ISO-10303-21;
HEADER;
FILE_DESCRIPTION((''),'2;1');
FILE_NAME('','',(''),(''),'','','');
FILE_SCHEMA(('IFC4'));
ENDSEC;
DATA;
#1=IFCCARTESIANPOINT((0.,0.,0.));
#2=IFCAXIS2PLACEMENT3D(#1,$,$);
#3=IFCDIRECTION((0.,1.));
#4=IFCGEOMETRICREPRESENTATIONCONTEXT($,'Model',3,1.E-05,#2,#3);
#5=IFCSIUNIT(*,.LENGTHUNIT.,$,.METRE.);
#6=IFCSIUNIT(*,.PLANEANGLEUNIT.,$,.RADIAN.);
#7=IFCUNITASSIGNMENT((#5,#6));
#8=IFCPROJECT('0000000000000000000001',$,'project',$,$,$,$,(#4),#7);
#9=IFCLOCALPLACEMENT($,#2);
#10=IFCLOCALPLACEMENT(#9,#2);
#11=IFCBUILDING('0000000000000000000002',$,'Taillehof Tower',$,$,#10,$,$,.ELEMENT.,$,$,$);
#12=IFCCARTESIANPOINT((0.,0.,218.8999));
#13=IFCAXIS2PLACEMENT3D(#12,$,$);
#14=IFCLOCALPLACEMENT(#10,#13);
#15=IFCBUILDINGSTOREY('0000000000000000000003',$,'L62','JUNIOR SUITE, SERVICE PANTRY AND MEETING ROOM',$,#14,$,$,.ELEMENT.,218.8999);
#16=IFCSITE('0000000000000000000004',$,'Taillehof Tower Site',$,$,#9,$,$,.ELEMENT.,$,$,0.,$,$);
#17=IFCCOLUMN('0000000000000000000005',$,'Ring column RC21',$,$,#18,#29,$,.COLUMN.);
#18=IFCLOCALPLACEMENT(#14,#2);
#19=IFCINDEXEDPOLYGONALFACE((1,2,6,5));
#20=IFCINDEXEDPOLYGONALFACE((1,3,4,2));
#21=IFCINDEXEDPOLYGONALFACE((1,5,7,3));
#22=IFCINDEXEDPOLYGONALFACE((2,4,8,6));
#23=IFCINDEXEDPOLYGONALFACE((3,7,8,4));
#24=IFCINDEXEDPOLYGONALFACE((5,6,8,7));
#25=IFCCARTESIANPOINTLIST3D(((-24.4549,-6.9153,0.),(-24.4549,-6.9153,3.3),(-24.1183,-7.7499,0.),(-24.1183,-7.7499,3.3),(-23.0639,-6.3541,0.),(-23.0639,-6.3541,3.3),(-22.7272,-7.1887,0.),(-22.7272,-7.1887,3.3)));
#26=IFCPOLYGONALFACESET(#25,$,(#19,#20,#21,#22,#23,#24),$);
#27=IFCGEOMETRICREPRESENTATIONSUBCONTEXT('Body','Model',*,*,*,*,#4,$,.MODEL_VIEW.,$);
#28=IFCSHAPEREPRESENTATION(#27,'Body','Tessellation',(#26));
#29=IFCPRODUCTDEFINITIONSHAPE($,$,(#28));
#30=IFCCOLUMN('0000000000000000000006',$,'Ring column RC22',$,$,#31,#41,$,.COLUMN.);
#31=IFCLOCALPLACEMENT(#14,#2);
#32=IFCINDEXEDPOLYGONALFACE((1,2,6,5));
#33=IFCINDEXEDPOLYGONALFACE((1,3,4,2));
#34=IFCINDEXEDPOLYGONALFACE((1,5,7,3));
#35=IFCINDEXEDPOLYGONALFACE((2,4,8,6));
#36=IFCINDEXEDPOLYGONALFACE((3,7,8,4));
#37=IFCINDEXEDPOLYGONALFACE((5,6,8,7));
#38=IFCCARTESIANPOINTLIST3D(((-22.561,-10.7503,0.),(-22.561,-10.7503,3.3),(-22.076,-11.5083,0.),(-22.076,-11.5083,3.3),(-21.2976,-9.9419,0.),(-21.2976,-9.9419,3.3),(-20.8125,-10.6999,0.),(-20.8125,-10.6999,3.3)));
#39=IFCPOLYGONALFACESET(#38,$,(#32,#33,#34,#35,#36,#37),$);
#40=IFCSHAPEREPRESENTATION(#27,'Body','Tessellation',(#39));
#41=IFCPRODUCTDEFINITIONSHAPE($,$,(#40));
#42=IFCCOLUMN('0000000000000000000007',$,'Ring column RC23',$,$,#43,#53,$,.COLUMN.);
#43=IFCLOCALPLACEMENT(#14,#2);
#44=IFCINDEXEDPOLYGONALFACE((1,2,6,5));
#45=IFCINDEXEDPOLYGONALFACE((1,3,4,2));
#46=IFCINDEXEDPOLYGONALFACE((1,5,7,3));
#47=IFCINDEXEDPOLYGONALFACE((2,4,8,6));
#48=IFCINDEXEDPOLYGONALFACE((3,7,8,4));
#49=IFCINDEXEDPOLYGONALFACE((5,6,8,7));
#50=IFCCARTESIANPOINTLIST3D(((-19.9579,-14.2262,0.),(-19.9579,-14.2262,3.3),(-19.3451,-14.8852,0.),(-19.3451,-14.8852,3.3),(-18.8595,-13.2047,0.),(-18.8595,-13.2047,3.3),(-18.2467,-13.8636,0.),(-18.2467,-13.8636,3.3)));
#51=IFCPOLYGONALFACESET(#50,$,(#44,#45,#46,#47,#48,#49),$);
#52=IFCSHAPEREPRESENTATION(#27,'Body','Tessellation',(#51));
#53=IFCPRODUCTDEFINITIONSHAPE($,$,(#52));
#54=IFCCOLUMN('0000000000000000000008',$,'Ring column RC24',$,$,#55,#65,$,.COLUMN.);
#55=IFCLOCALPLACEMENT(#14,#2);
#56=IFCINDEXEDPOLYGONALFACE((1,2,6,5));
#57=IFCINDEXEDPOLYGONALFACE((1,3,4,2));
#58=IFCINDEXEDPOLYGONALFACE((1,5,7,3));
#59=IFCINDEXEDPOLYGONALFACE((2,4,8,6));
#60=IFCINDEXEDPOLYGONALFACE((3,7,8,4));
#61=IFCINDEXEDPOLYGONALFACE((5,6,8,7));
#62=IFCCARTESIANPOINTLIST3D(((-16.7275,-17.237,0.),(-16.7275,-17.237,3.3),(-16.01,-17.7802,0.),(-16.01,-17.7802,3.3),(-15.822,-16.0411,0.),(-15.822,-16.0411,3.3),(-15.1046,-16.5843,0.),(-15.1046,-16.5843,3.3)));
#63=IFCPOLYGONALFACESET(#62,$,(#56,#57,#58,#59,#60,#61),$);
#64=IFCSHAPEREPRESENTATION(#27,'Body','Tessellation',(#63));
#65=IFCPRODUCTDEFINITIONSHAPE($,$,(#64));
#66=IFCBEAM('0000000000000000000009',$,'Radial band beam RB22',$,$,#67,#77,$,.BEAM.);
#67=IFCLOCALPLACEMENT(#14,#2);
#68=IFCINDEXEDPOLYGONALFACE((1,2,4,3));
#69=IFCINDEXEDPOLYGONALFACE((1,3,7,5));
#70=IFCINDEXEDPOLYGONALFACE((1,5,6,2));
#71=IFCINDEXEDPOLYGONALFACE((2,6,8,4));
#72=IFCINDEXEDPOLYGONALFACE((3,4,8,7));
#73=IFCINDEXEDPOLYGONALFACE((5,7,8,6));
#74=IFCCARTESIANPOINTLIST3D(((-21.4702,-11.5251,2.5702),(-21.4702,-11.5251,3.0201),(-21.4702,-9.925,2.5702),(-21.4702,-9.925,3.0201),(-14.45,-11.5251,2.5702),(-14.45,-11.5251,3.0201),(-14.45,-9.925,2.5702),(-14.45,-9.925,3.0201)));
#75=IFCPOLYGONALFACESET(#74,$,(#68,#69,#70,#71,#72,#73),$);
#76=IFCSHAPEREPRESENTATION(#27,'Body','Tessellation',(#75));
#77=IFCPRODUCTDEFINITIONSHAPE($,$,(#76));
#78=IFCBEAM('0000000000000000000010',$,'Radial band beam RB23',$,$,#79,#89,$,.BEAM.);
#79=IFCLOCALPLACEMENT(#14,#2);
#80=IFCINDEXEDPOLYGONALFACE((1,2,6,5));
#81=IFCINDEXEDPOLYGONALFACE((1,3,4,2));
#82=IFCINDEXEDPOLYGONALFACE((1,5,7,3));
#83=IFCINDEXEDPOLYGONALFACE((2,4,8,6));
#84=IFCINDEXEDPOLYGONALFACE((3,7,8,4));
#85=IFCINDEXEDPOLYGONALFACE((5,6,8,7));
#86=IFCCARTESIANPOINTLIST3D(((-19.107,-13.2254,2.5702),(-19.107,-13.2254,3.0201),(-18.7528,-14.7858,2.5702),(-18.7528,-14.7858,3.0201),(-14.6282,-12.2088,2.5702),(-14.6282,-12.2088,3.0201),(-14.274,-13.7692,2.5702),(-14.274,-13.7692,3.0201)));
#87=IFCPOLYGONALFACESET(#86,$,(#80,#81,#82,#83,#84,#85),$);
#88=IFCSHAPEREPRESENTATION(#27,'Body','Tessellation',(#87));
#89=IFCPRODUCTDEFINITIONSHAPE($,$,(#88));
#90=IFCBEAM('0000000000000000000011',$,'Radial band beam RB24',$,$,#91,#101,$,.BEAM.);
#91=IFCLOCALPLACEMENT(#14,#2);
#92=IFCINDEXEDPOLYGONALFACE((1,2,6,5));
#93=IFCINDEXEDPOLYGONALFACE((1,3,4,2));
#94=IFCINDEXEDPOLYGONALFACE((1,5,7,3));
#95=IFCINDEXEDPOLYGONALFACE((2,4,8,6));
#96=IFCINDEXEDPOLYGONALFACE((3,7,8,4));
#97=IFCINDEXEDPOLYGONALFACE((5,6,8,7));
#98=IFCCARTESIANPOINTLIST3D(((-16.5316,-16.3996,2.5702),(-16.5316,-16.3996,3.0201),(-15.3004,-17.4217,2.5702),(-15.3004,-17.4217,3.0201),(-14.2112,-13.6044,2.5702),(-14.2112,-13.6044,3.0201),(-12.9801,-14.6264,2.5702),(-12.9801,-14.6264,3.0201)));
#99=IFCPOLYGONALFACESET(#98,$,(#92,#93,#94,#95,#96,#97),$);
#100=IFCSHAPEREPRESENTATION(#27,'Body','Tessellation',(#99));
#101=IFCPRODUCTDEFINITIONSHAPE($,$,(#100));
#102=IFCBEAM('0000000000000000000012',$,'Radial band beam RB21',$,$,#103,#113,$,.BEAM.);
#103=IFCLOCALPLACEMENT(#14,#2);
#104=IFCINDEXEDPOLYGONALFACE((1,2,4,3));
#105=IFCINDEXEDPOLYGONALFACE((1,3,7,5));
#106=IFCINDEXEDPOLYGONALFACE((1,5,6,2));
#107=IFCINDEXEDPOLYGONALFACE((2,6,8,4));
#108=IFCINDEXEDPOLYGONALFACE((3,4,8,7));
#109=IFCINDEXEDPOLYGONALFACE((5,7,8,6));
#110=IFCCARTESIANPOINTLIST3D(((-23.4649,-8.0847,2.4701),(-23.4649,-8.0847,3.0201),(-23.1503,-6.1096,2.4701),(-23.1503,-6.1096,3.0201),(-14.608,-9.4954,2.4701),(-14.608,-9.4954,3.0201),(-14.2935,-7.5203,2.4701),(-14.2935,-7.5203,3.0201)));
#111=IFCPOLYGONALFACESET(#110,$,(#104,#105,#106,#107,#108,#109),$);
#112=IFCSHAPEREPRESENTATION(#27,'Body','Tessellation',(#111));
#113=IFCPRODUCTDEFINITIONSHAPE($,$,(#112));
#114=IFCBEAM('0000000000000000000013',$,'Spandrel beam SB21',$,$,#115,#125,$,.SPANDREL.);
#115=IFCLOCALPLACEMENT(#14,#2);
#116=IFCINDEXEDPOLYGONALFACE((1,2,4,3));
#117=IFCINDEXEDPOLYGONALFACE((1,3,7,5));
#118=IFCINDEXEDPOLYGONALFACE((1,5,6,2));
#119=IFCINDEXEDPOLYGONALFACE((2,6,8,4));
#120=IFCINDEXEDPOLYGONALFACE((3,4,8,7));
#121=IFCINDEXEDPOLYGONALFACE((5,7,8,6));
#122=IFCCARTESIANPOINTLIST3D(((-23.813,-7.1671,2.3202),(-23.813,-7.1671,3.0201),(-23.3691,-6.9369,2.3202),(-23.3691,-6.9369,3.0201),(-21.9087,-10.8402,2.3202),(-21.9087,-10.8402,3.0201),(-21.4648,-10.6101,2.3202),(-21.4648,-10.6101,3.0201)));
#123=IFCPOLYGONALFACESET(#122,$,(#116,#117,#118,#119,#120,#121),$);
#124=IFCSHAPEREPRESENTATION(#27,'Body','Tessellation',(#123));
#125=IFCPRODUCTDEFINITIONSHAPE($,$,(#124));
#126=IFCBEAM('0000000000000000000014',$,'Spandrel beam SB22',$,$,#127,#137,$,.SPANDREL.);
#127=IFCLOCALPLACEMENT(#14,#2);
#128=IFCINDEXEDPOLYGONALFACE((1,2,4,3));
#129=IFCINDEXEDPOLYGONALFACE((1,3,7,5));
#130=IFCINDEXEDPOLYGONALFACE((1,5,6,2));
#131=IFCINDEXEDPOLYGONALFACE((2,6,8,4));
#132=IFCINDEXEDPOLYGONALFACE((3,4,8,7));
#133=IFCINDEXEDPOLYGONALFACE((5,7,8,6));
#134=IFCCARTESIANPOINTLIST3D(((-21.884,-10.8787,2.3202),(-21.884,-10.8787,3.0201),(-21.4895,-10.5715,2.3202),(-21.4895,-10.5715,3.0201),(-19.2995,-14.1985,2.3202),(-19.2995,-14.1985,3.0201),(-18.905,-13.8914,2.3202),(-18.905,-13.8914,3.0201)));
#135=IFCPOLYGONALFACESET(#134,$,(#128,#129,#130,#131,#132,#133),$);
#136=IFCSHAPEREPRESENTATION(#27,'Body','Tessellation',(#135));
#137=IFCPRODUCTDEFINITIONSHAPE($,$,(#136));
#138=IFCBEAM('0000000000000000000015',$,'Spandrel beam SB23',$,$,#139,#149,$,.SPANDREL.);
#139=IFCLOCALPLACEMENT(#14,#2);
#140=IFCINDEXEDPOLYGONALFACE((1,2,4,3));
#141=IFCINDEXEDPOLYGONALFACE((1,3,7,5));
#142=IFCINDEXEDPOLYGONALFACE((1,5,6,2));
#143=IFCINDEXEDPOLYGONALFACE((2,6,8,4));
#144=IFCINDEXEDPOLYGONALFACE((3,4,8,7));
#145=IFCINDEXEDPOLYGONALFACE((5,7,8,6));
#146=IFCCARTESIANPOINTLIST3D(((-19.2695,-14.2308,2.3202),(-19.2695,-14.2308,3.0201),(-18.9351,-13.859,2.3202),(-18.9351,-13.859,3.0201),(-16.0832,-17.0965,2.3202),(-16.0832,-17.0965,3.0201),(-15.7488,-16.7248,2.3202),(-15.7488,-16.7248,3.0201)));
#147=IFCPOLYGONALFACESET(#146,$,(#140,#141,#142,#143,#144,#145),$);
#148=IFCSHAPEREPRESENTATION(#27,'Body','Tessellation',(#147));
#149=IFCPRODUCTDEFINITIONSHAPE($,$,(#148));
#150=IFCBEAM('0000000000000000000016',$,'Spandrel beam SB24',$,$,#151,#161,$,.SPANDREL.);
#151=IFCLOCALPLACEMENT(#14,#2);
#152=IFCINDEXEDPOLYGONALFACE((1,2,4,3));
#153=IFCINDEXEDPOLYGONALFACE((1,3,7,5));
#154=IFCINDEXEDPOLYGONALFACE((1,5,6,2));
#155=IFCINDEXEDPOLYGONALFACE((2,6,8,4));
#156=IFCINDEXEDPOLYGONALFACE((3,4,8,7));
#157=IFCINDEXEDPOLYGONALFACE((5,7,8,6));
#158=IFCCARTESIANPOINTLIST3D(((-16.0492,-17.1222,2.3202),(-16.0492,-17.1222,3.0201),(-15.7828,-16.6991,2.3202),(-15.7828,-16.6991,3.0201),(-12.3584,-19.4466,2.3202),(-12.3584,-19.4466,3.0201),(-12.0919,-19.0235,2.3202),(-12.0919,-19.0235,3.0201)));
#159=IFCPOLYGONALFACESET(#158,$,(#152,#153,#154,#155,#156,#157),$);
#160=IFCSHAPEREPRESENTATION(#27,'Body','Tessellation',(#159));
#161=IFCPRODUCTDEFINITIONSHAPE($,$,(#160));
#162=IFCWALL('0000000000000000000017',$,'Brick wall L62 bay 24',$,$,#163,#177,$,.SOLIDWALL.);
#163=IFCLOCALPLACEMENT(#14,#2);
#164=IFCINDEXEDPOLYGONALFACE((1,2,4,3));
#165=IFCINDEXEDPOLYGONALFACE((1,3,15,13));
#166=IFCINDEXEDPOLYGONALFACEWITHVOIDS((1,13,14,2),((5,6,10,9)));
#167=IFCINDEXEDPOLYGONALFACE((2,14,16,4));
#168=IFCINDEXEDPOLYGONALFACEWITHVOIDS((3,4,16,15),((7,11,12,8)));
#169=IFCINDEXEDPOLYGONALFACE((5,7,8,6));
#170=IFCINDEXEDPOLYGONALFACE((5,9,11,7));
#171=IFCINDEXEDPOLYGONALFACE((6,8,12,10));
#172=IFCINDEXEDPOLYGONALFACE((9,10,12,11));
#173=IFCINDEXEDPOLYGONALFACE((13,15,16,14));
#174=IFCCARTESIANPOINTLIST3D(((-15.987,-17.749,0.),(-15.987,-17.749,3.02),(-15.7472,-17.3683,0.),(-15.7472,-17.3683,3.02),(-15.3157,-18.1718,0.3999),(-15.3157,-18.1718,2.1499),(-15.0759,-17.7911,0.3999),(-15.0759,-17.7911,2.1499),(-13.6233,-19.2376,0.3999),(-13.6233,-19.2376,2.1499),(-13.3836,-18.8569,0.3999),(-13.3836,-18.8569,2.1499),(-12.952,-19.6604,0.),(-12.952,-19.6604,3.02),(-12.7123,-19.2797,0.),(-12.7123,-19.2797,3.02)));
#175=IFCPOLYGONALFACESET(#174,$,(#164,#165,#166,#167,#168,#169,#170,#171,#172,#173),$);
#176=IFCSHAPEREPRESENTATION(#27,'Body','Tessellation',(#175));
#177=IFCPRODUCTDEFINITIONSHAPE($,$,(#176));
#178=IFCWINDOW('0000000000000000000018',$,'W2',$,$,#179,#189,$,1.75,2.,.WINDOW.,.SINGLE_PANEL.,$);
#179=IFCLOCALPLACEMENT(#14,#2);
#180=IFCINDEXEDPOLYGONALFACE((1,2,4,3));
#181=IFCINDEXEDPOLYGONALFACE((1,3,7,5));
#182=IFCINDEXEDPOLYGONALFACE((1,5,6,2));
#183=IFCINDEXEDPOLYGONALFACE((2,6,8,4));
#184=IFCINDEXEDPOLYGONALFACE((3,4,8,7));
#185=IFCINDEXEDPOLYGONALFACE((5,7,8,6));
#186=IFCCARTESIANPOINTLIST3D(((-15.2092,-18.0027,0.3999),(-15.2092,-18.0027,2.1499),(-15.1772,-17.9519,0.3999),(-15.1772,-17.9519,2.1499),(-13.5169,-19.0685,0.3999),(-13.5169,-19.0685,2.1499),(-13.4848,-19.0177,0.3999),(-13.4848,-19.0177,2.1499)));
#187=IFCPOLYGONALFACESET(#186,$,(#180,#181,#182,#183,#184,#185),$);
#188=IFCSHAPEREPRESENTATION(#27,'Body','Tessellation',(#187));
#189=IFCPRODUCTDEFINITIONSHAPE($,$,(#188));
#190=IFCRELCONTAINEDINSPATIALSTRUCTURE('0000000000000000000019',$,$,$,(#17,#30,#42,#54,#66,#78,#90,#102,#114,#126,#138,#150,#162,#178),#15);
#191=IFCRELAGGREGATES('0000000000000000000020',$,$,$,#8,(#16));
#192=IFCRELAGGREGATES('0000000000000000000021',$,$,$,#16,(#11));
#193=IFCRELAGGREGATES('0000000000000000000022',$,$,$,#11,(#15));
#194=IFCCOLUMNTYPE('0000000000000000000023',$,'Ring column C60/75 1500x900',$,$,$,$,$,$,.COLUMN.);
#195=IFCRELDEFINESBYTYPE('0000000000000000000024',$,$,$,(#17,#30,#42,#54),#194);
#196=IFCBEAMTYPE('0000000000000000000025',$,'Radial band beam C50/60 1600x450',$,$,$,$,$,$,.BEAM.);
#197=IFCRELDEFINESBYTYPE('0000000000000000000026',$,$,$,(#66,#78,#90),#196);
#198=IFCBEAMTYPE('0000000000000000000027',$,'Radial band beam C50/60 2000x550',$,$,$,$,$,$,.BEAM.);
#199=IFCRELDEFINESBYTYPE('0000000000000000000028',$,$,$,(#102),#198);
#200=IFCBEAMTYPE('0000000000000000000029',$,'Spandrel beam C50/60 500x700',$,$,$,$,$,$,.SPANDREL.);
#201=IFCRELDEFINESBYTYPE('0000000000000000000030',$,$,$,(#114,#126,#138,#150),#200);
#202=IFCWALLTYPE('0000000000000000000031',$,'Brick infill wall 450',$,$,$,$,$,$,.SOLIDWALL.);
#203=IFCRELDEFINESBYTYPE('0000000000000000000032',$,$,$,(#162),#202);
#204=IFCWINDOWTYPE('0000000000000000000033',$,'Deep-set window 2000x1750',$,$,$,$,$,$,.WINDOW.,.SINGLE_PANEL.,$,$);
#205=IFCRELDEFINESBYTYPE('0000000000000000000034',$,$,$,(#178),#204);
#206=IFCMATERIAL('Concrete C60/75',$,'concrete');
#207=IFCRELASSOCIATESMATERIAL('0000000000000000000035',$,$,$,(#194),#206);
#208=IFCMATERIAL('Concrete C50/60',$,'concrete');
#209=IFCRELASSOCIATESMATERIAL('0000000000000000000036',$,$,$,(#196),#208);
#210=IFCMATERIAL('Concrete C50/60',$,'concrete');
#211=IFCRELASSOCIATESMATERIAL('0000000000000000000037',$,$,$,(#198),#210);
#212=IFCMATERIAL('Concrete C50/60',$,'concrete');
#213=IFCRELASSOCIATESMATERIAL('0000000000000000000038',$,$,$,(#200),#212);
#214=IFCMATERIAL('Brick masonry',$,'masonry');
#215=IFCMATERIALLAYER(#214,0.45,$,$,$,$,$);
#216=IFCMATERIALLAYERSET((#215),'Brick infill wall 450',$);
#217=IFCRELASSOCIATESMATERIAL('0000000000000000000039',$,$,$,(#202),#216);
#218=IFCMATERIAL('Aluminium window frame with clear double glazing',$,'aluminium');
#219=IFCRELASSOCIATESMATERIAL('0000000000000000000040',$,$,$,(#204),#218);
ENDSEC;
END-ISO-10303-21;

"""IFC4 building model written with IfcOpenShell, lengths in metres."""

from ifc_helpers import new_model, si_unit, direction, frame, frame_2d, origin, origin_2d, place, context, subcontext, project, spatial, rectangle, extrude, material, layer, layer_set, material_profile, profile_set, type_object, element, fill, save


model = new_model("IFC4")

# Units and contexts
model_context = context("Model", 3, precision=1e-05, world=origin(), true_north=direction((0.0, 1.0)))
body_context = subcontext(model_context, "Body", "Model", "MODEL_VIEW")
ifc_project = project(units=[si_unit("LENGTHUNIT", "METRE"), si_unit("PLANEANGLEUNIT", "RADIAN")], contexts=[model_context])

# Site, building, storey
site_placement = place(None, origin())
site = spatial("IfcSite", under=ifc_project, at=site_placement, Name="Taillehof Tower Site", CompositionType="ELEMENT", RefElevation=0.0)
building_placement = place(site_placement, origin())
building = spatial("IfcBuilding", under=site, at=building_placement, Name="Taillehof Tower", CompositionType="ELEMENT")
storey_placement = place(building_placement, frame((0.0, 0.0, 218.8999)))
storey = spatial("IfcBuildingStorey", under=building, at=storey_placement, Name="L62", Description="JUNIOR SUITE, SERVICE PANTRY AND MEETING ROOM", CompositionType="ELEMENT", Elevation=218.8999)

# Columns
ifc_material_1 = material(Name="Concrete C60/75", Category="concrete")
ifc_material_profile_1 = material_profile(ifc_material_1, rectangle(XDim=1.5, YDim=0.8999, at=origin_2d()), Name="RC 1500x900")
ifc_profile_set_1 = profile_set([ifc_material_profile_1], Name="Concrete C60/75")
column_type = type_object("IfcColumnType", Name="Ring column C60/75 1500x900", PredefinedType="COLUMN", material=ifc_profile_set_1)
for number, where, z_axis, x_axis, name in (
    (1, (-23.5911, -7.052, 0.0), (0.0, 0.0, 1.0), (-0.927385, -0.374108, 0.0), "Ring column RC21"),
    (2, (-21.6868, -10.7251, 0.0), (0.0, 0.0, 1.0), (-0.842311, -0.538992, 0.0), "Ring column RC22"),
    (3, (-19.1023, -14.0449, 0.0), (0.0, 0.0, 1.0), (-0.732271, -0.681013, 0.0), "Ring column RC23"),
    (4, (-15.916, -16.9106, 0.0), (0.0, 0.0, 1.0), (-0.603608, -0.797281, 0.0), "Ring column RC24"),
):
    element("IfcColumn", number, at=place(storey_placement, frame(where, z_axis=z_axis, x_axis=x_axis)), inside=storey, type_object=column_type, Name=name, PredefinedType="COLUMN", context=body_context, shape_type="SweptSolid", body=[
        extrude(rectangle(XDim=1.5, YDim=0.8999, at=origin_2d()), origin(), (0.0, 0.0, 1.0), 3.3),
    ])

# Beams
ifc_material_2 = material(Name="Concrete C50/60", Category="concrete")
ifc_material_profile_2 = material_profile(ifc_material_2, rectangle(XDim=1.6001, YDim=0.45, at=origin_2d()), Name="RC 1600x450")
ifc_profile_set_2 = profile_set([ifc_material_profile_2], Name="Concrete C50/60")
beam_type_1 = type_object("IfcBeamType", Name="Radial band beam C50/60 1600x450", PredefinedType="BEAM", material=ifc_profile_set_2)
beam_1_placement = place(storey_placement, frame((-21.4702, -10.7251, 2.7952), z_axis=(1.0, 0.0, 0.0), x_axis=(0.0, 1.0, 0.0)))
element("IfcBeam", 5, at=beam_1_placement, inside=storey, type_object=beam_type_1, Name="Radial band beam RB22", PredefinedType="BEAM", context=body_context, shape_type="SweptSolid", body=[
    extrude(rectangle(XDim=1.6001, YDim=0.45, at=origin_2d()), origin(), (0.0, 0.0, 1.0), 7.0203),
])
beam_2_placement = place(storey_placement, frame((-18.9299, -14.0056, 2.7952), z_axis=(0.975194, 0.221352, 0.0), x_axis=(-0.221352, 0.975194, 0.0)))
element("IfcBeam", 6, at=beam_2_placement, inside=storey, type_object=beam_type_1, Name="Radial band beam RB23", PredefinedType="BEAM", context=body_context, shape_type="SweptSolid", body=[
    extrude(rectangle(XDim=1.6001, YDim=0.45, at=origin_2d()), origin(), (0.0, 0.0, 1.0), 4.5928),
])
beam_3_placement = place(storey_placement, frame((-15.916, -16.9106, 2.7952), z_axis=(0.638722, 0.769437, 0.0), x_axis=(-0.769437, 0.638722, 0.0)))
element("IfcBeam", 7, at=beam_3_placement, inside=storey, type_object=beam_type_1, Name="Radial band beam RB24", PredefinedType="BEAM", context=body_context, shape_type="SweptSolid", body=[
    extrude(rectangle(XDim=1.6001, YDim=0.45, at=origin_2d()), origin(), (0.0, 0.0, 1.0), 3.6328),
])
ifc_material_3 = material(Name="Concrete C50/60", Category="concrete")
ifc_material_profile_3 = material_profile(ifc_material_3, rectangle(XDim=2.0, YDim=0.55, at=origin_2d()), Name="RC 2000x550")
ifc_profile_set_3 = profile_set([ifc_material_profile_3], Name="Concrete C50/60")
beam_type_2 = type_object("IfcBeamType", Name="Radial band beam C50/60 2000x550", PredefinedType="BEAM", material=ifc_profile_set_3)
beam_4_placement = place(storey_placement, frame((-23.3076, -7.0972, 2.7451), z_axis=(0.987553, -0.157288, 0.0), x_axis=(0.157288, 0.987553, 0.0)))
element("IfcBeam", 8, at=beam_4_placement, inside=storey, type_object=beam_type_2, Name="Radial band beam RB21", PredefinedType="BEAM", context=body_context, shape_type="SweptSolid", body=[
    extrude(rectangle(XDim=2.0, YDim=0.55, at=origin_2d()), origin(), (0.0, 0.0, 1.0), 8.9685),
])
ifc_material_4 = material(Name="Concrete C50/60", Category="concrete")
ifc_material_profile_4 = material_profile(ifc_material_4, rectangle(XDim=0.5, YDim=0.7, at=origin_2d()), Name="RC 500x700")
ifc_profile_set_4 = profile_set([ifc_material_profile_4], Name="Concrete C50/60")
beam_type_3 = type_object("IfcBeamType", Name="Spandrel beam C50/60 500x700", PredefinedType="SPANDREL", material=ifc_profile_set_4)
beam_5_placement = place(storey_placement, frame((-23.5911, -7.052, 2.6702), z_axis=(0.460265, -0.887781, 0.0), x_axis=(0.887781, 0.460265, 0.0)))
element("IfcBeam", 9, at=beam_5_placement, inside=storey, type_object=beam_type_3, Name="Spandrel beam SB21", PredefinedType="SPANDREL", context=body_context, shape_type="SweptSolid", body=[
    extrude(rectangle(XDim=0.5, YDim=0.7, at=origin_2d()), origin(), (0.0, 0.0, 1.0), 4.1375),
])
beam_6_placement = place(storey_placement, frame((-21.6868, -10.7251, 2.6702), z_axis=(0.614294, -0.789077, 0.0), x_axis=(0.789077, 0.614294, 0.0)))
element("IfcBeam", 10, at=beam_6_placement, inside=storey, type_object=beam_type_3, Name="Spandrel beam SB22", PredefinedType="SPANDREL", context=body_context, shape_type="SweptSolid", body=[
    extrude(rectangle(XDim=0.5, YDim=0.7, at=origin_2d()), origin(), (0.0, 0.0, 1.0), 4.2073),
])
beam_7_placement = place(storey_placement, frame((-19.1023, -14.0449, 2.6702), z_axis=(0.743518, -0.668716, 0.0), x_axis=(0.668716, 0.743518, 0.0)))
element("IfcBeam", 11, at=beam_7_placement, inside=storey, type_object=beam_type_3, Name="Spandrel beam SB23", PredefinedType="SPANDREL", context=body_context, shape_type="SweptSolid", body=[
    extrude(rectangle(XDim=0.5, YDim=0.7, at=origin_2d()), origin(), (0.0, 0.0, 1.0), 4.2854),
])
beam_8_placement = place(storey_placement, frame((-15.916, -16.9106, 2.6702), z_axis=(0.846176, -0.532904, 0.0), x_axis=(0.532904, 0.846176, 0.0)))
element("IfcBeam", 12, at=beam_8_placement, inside=storey, type_object=beam_type_3, Name="Spandrel beam SB24", PredefinedType="SPANDREL", context=body_context, shape_type="SweptSolid", body=[
    extrude(rectangle(XDim=0.5, YDim=0.7, at=origin_2d()), origin(), (0.0, 0.0, 1.0), 4.3618),
])

# Wall, opening, window
ifc_material_5 = material(Name="Brick masonry", Category="masonry")
ifc_layer = layer(ifc_material_5, 0.45)
ifc_layer_set = layer_set([ifc_layer], Name="Brick infill wall 450")
wall_type_1 = type_object("IfcWallType", Name="Brick infill wall 450", PredefinedType="SOLIDWALL", material=ifc_layer_set)
wall_1_placement = place(storey_placement, frame((-15.8672, -17.5586, 0.0), z_axis=(0.0, 0.0, 1.0), x_axis=(0.846169, -0.532914, 0.0)))
wall_1 = element("IfcWall", 13, at=wall_1_placement, inside=storey, type_object=wall_type_1, Name="Brick wall L62 bay 24", PredefinedType="SOLIDWALL", context=body_context, shape_type="SweptSolid", body=[
    extrude(rectangle(XDim=3.5867, YDim=0.45, at=frame_2d((1.7935, 0.0))), origin(), (0.0, 0.0, 1.0), 3.02),
])
opening_1_placement = place(wall_1_placement, frame((0.7935, 0.0, 0.3999)))
opening_1 = element("IfcOpeningElement", 14, at=opening_1_placement, cuts=wall_1, PredefinedType="OPENING", context=body_context, shape_type="SweptSolid", body=[
    extrude(rectangle(XDim=2.0, YDim=1.75, at=frame_2d((1.0, 0.875))), frame((0.0, 0.2349, 0.0), z_axis=(0.0, -1.0, 0.0), x_axis=(1.0, 0.0, 0.0)), (0.0, 0.0, 1.0), 0.47),
])
ifc_material_6 = material(Name="Aluminium window frame with clear double glazing", Category="aluminium")
window_type_1 = type_object("IfcWindowType", Name="Deep-set window 2000x1750", PartitioningType="SINGLE_PANEL", PredefinedType="WINDOW", material=ifc_material_6)
window_1_placement = place(opening_1_placement, origin())
window_1 = element("IfcWindow", 15, at=window_1_placement, inside=storey, type_object=window_type_1, Name="W2", OverallHeight=1.75, OverallWidth=2.0, PartitioningType="SINGLE_PANEL", PredefinedType="WINDOW", context=body_context, shape_type="SweptSolid", body=[
    extrude(rectangle(XDim=2.0, YDim=1.75, at=frame_2d((1.0, 0.875))), frame((0.0, 0.0349, 0.0), z_axis=(0.0, -1.0, 0.0), x_axis=(1.0, 0.0, 0.0)), (0.0, 0.0, 1.0), 0.0601),
])
fill(opening_1, window_1)

save(model, "model.ifc")
